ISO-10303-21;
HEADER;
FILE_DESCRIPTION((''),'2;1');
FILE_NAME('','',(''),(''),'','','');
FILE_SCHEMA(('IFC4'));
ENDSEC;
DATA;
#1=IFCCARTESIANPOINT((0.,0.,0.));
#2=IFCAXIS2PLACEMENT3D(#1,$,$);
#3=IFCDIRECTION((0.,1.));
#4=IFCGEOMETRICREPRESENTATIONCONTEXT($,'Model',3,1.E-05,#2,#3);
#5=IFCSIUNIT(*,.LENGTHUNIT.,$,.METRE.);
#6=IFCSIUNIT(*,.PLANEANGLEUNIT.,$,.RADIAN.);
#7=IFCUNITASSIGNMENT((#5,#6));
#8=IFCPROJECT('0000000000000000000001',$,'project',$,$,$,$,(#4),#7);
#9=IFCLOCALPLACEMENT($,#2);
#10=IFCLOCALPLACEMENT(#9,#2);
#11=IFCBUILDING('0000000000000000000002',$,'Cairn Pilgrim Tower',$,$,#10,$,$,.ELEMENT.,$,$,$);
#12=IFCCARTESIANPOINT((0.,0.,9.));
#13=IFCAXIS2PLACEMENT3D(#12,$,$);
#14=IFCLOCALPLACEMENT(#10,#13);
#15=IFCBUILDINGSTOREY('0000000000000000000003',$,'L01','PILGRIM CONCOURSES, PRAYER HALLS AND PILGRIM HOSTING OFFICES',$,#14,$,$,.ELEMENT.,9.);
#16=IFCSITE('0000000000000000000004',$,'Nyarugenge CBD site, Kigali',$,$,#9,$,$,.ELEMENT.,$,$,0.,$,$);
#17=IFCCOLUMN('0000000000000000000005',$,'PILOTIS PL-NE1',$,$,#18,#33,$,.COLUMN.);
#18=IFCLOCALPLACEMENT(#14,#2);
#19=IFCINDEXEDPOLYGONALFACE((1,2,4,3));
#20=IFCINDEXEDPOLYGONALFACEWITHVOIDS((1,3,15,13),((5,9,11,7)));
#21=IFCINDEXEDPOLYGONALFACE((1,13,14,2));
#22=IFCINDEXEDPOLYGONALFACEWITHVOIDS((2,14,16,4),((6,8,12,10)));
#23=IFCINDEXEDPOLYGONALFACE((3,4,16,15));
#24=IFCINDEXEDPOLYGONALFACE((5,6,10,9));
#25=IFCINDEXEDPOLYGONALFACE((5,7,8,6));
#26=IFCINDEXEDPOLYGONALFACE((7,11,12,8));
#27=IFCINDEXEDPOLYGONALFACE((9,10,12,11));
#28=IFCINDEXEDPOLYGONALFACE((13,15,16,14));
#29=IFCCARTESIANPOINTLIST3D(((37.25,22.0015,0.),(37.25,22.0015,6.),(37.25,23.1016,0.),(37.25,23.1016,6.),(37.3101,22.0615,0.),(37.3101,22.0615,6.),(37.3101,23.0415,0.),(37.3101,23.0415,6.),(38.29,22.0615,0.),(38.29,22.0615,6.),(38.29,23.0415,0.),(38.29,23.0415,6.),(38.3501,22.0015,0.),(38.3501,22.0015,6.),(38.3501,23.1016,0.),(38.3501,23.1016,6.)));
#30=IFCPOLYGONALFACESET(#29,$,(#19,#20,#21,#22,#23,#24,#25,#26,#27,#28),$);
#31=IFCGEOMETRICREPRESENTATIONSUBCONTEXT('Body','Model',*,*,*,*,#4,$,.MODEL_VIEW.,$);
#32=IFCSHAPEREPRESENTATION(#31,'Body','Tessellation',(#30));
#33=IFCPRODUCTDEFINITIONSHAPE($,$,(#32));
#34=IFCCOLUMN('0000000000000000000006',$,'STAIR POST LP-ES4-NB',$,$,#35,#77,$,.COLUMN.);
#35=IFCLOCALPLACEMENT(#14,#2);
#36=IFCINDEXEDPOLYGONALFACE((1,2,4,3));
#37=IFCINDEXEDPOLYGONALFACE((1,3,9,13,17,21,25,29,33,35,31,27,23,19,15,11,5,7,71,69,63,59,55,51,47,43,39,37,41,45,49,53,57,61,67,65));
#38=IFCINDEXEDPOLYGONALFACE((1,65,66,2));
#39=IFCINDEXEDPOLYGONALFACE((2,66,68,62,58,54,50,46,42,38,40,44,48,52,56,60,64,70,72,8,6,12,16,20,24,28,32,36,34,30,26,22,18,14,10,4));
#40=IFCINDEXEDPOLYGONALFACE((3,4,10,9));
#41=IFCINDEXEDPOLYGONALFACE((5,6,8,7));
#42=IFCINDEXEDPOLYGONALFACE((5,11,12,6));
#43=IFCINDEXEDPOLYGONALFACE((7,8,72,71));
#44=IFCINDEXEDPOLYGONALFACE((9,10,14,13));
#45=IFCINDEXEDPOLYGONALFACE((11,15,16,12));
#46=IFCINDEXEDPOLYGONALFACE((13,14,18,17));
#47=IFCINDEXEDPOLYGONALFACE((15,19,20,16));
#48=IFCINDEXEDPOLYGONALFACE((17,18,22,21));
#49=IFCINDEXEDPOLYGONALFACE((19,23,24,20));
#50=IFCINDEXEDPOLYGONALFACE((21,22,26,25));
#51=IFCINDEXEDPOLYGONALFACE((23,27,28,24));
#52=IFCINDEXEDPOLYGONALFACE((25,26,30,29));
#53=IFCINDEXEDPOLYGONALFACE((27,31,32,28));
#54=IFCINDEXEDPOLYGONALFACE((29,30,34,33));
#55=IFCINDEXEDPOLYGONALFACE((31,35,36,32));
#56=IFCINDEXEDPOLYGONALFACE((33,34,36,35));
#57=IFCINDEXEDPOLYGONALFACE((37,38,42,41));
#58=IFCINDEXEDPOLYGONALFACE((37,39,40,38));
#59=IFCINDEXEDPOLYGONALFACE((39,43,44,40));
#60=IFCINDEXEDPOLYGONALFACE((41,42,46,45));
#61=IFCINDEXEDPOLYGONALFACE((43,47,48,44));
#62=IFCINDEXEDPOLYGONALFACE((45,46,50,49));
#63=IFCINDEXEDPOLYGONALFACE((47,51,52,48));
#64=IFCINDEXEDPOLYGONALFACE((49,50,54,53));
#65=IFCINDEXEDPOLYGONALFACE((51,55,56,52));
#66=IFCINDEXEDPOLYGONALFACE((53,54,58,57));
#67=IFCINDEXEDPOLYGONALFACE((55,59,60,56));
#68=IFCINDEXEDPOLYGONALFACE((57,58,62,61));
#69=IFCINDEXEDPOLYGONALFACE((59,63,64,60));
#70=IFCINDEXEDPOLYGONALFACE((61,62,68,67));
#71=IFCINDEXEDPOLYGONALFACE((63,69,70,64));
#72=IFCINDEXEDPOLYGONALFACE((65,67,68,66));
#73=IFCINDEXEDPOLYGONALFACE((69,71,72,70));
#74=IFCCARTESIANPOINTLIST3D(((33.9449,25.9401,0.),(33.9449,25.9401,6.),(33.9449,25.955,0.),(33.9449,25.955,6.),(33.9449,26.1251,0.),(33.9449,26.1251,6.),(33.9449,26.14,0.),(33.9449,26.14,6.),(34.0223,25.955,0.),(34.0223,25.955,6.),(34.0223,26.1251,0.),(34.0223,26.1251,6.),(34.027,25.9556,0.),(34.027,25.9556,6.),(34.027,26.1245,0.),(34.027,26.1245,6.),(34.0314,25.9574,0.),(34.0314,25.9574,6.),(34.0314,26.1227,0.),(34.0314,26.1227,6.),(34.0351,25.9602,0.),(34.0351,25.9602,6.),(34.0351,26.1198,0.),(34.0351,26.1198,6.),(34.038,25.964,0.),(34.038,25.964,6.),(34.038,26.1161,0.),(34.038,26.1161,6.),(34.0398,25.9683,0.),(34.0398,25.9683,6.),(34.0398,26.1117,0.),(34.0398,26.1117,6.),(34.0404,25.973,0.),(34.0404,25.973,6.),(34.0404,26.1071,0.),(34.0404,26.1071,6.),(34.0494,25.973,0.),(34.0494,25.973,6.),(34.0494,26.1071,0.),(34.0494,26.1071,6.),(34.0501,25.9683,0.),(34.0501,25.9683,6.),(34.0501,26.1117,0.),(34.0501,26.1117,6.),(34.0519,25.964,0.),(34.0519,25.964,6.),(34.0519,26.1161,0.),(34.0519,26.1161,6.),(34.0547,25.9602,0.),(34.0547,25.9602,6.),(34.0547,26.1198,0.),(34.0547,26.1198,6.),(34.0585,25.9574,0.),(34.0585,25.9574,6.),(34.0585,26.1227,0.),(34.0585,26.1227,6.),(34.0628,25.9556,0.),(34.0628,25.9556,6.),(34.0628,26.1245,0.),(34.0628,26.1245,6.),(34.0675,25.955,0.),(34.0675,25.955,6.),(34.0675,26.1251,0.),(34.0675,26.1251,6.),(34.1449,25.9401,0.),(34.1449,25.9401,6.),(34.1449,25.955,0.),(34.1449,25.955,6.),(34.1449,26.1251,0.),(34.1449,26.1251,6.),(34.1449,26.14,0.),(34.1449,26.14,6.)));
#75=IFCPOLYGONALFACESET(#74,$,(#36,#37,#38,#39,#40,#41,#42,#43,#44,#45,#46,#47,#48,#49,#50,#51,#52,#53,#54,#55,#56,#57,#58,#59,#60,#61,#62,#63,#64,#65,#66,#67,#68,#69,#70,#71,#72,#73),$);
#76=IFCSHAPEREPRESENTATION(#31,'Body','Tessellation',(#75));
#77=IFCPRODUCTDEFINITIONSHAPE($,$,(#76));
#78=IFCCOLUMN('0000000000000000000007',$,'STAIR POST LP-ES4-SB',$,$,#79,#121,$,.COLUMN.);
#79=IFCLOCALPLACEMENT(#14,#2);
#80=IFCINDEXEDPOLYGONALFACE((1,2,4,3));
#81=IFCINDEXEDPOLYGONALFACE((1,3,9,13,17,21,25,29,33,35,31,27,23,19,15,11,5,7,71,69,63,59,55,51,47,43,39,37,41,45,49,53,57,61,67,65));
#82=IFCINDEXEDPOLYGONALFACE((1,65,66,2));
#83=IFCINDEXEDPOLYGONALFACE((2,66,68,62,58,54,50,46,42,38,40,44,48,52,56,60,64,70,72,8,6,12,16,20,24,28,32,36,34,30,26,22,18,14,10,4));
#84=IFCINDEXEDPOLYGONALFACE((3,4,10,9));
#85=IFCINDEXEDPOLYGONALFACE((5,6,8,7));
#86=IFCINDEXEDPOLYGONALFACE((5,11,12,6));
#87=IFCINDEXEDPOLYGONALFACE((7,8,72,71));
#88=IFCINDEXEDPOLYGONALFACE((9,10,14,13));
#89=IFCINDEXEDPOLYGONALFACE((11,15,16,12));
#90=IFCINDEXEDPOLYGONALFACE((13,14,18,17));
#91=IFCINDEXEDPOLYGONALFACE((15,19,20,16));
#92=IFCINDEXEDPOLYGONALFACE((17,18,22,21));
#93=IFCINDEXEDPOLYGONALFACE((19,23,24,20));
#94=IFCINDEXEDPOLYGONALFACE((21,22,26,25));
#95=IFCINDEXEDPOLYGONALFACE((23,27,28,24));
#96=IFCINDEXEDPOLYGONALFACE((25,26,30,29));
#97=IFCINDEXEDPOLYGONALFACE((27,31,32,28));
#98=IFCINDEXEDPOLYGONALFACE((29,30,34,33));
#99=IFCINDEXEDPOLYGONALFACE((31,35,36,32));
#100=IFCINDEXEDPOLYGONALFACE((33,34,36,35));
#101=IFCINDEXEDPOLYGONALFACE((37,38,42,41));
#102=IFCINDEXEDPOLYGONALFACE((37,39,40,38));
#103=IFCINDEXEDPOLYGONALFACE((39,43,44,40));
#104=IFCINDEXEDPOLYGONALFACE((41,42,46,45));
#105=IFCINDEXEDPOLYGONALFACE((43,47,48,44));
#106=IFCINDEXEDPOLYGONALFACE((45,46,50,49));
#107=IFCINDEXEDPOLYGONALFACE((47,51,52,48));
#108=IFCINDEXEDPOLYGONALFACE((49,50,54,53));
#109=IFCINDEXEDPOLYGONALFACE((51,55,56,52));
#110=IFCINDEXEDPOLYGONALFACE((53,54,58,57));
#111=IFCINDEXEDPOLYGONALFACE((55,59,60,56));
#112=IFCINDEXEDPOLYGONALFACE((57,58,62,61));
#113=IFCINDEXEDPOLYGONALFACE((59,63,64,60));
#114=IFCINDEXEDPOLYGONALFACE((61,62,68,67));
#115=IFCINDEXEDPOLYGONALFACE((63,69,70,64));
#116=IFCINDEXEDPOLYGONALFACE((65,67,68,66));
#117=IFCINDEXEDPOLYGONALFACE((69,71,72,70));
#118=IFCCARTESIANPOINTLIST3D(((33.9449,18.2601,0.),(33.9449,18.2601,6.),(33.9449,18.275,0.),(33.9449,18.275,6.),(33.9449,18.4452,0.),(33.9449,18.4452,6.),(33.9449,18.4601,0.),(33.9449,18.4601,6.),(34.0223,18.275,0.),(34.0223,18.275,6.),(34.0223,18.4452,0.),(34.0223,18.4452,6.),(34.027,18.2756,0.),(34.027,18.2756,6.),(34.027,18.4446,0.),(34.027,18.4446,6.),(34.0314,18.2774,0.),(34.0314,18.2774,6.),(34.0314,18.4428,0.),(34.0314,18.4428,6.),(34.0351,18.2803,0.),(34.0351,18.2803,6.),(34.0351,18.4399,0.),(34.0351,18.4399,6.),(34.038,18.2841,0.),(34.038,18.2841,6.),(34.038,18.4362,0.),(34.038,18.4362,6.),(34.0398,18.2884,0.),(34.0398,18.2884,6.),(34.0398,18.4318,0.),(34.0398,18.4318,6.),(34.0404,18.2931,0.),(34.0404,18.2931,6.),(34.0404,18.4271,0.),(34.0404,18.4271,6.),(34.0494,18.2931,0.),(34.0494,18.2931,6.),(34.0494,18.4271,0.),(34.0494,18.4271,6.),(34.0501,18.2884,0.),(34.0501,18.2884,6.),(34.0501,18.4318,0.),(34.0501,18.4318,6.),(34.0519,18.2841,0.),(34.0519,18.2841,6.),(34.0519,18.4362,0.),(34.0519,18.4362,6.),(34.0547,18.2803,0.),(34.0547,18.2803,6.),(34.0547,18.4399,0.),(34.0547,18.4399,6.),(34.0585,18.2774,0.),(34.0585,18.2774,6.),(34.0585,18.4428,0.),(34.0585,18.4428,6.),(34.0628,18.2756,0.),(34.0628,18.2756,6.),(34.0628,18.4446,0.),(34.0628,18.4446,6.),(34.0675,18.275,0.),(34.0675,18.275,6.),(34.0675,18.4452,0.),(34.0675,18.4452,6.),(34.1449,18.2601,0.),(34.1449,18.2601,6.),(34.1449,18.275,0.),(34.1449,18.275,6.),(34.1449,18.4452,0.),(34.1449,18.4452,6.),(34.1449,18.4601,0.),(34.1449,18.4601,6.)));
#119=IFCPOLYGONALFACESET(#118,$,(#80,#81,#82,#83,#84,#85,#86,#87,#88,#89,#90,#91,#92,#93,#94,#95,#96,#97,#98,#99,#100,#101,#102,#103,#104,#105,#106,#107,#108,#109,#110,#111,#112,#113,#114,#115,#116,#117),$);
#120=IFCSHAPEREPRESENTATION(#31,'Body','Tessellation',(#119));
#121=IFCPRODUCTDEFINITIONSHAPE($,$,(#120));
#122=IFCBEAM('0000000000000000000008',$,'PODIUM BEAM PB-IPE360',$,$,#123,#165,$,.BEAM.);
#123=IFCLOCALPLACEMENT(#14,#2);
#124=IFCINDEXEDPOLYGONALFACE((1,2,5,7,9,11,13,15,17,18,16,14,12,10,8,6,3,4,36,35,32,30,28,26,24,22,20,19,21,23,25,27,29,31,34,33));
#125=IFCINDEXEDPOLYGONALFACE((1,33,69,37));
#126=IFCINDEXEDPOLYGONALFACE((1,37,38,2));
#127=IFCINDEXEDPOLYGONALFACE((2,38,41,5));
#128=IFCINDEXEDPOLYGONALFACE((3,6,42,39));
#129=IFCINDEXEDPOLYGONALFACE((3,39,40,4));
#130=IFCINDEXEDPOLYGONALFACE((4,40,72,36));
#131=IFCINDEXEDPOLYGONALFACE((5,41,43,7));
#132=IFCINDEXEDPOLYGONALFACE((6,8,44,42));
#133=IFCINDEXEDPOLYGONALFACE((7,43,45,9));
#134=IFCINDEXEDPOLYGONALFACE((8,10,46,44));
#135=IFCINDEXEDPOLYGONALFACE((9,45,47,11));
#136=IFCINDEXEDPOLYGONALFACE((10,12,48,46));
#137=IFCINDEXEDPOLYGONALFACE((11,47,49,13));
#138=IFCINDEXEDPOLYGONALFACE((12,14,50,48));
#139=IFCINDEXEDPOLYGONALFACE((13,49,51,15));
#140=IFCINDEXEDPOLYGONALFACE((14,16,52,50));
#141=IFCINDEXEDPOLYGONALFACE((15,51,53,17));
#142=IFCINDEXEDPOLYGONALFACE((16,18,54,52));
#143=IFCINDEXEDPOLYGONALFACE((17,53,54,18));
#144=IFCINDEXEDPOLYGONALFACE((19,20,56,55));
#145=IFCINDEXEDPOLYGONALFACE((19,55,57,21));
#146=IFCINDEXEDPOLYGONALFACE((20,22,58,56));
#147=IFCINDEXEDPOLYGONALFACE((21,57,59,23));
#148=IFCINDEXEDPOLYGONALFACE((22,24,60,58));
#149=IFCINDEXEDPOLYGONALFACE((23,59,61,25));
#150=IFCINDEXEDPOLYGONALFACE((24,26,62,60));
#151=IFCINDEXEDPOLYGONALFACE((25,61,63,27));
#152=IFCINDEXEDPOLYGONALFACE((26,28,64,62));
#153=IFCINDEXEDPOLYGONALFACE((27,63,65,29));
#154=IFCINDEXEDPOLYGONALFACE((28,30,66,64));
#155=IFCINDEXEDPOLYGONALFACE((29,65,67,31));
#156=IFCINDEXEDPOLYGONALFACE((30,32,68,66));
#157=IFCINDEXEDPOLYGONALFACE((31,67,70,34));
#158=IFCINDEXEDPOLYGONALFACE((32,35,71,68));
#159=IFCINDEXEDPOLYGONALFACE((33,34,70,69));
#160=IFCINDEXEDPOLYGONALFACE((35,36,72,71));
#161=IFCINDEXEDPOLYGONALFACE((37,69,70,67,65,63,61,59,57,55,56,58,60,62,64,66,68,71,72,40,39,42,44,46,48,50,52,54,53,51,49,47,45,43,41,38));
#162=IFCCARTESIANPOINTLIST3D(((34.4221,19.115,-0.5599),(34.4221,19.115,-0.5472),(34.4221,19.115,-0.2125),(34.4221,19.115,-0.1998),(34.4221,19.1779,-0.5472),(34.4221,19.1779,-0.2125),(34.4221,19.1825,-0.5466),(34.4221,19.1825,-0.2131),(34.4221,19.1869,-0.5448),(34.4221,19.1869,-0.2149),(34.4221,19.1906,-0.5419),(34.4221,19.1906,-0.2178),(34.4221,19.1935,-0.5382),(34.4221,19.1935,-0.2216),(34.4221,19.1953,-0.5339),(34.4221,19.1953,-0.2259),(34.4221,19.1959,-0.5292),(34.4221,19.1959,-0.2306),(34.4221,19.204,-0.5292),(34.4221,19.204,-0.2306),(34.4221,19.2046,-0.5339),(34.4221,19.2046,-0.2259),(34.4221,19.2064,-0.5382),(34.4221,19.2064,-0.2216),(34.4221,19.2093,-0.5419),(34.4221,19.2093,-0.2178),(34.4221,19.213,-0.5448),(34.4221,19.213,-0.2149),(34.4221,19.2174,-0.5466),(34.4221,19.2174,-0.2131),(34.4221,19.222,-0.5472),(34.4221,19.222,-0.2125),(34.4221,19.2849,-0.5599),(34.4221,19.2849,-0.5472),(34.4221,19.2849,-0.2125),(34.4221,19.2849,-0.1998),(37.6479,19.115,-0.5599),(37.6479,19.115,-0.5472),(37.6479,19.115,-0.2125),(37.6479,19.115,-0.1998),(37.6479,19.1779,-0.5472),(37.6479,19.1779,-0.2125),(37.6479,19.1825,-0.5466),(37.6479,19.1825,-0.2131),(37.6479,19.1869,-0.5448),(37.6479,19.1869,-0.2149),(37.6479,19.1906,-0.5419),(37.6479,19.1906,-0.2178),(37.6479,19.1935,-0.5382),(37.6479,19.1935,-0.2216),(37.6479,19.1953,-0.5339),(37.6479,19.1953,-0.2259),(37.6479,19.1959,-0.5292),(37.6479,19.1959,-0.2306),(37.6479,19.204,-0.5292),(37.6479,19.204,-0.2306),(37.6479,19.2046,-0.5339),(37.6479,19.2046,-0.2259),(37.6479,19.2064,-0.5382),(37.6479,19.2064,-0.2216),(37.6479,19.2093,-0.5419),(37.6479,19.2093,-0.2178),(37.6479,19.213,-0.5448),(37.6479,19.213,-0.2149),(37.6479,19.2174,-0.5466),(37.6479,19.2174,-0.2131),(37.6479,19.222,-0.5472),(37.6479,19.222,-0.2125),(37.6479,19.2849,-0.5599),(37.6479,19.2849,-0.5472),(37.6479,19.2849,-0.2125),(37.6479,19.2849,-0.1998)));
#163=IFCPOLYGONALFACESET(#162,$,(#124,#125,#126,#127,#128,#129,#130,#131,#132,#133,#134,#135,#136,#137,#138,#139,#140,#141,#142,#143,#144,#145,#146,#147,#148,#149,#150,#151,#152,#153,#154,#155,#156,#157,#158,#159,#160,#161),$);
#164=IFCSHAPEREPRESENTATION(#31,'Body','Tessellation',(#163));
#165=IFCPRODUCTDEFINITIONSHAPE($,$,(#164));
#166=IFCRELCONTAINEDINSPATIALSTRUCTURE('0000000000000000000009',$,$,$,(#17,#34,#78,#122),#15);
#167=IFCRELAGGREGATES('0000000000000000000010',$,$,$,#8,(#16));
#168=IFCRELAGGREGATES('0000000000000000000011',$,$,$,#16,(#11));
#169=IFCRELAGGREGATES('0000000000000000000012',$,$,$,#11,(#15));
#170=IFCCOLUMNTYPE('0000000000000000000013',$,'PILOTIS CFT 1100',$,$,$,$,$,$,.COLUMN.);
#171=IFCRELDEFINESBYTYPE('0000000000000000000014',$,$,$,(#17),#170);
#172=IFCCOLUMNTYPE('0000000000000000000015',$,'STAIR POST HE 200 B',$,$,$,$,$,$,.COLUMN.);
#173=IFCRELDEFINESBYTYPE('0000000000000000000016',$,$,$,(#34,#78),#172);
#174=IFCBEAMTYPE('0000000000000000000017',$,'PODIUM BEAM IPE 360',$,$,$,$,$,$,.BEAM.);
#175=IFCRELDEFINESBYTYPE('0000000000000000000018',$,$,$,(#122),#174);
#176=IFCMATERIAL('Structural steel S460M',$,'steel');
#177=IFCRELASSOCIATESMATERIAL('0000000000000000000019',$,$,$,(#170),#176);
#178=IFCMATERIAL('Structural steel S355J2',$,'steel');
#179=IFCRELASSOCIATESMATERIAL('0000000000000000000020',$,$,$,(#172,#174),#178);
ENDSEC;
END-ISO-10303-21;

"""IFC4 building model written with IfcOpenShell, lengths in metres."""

from ifc_helpers import new_model, si_unit, direction, frame, origin, origin_2d, place, context, subcontext, project, spatial, hollow_rectangle, i_section, extrude, material, material_profile, profile_set, type_object, element, save


model = new_model("IFC4")

# Units and contexts
model_context = context("Model", 3, precision=1e-05, world=origin(), true_north=direction((0.0, 1.0)))
body_context = subcontext(model_context, "Body", "Model", "MODEL_VIEW")
ifc_project = project(units=[si_unit("LENGTHUNIT", "METRE"), si_unit("PLANEANGLEUNIT", "RADIAN")], contexts=[model_context])

# Site, building, storey
site_placement = place(None, origin())
site = spatial("IfcSite", under=ifc_project, at=site_placement, Name="Nyarugenge CBD site, Kigali", CompositionType="ELEMENT", RefElevation=0.0)
building_placement = place(site_placement, origin())
building = spatial("IfcBuilding", under=site, at=building_placement, Name="Cairn Pilgrim Tower", CompositionType="ELEMENT")
storey_placement = place(building_placement, frame((0.0, 0.0, 9.0)))
storey = spatial("IfcBuildingStorey", under=building, at=storey_placement, Name="L01", Description="PILGRIM CONCOURSES, PRAYER HALLS AND PILGRIM HOSTING OFFICES", CompositionType="ELEMENT", Elevation=9.0)

# Columns
ifc_material_1 = material(Name="Structural steel S460M", Category="steel")
ifc_material_profile_1 = material_profile(ifc_material_1, hollow_rectangle(XDim=1.1001, YDim=1.1001, WallThickness=0.0601, at=origin_2d()), Name="BOX 1100x1100x60")
ifc_profile_set_1 = profile_set([ifc_material_profile_1], Name="Structural steel S460M")
column_type_1 = type_object("IfcColumnType", Name="PILOTIS CFT 1100", PredefinedType="COLUMN", material=ifc_profile_set_1)
column_placement = place(storey_placement, frame((37.8, 22.5515, 0.0), z_axis=(0.0, 0.0, 1.0), x_axis=(1.0, 0.0, 0.0)))
element("IfcColumn", 1, at=column_placement, inside=storey, type_object=column_type_1, Name="PILOTIS PL-NE1", PredefinedType="COLUMN", context=body_context, shape_type="SweptSolid", body=[
    extrude(hollow_rectangle(XDim=1.1001, YDim=1.1001, WallThickness=0.0601, at=origin_2d()), origin(), (0.0, 0.0, 1.0), 6.0),
])
ifc_material_2 = material(Name="Structural steel S355J2", Category="steel")
ifc_material_profile_2 = material_profile(ifc_material_2, i_section(OverallWidth=0.2, OverallDepth=0.2, WebThickness=0.009, FlangeThickness=0.0149, FilletRadius=0.0181, at=origin_2d()), Name="HE 200 B")
ifc_profile_set_2 = profile_set([ifc_material_profile_2], Name="Structural steel S355J2")
column_type_2 = type_object("IfcColumnType", Name="STAIR POST HE 200 B", PredefinedType="COLUMN", material=ifc_profile_set_2)
for number, where, z_axis, x_axis, name in (
    (2, (34.0449, 26.04, 0.0), (0.0, 0.0, 1.0), (1.0, 0.0, 0.0), "STAIR POST LP-ES4-NB"),
    (3, (34.0449, 18.3601, 0.0), (0.0, 0.0, 1.0), (1.0, 0.0, 0.0), "STAIR POST LP-ES4-SB"),
):
    element("IfcColumn", number, at=place(storey_placement, frame(where, z_axis=z_axis, x_axis=x_axis)), inside=storey, type_object=column_type_2, Name=name, PredefinedType="COLUMN", context=body_context, shape_type="SweptSolid", body=[
        extrude(i_section(OverallWidth=0.2, OverallDepth=0.2, WebThickness=0.009, FlangeThickness=0.0149, FilletRadius=0.0181, at=origin_2d()), origin(), (0.0, 0.0, 1.0), 6.0),
    ])

# Beam
ifc_material_profile_3 = material_profile(ifc_material_2, i_section(OverallWidth=0.1699, OverallDepth=0.3601, WebThickness=0.0081, FlangeThickness=0.0127, FilletRadius=0.0181, at=origin_2d()), Name="IPE 360")
ifc_profile_set_3 = profile_set([ifc_material_profile_3], Name="Structural steel S355J2")
beam_type_1 = type_object("IfcBeamType", Name="PODIUM BEAM IPE 360", PredefinedType="BEAM", material=ifc_profile_set_3)
beam_1_placement = place(storey_placement, frame((34.4221, 19.2, -0.3799), z_axis=(1.0, 0.0, 0.0), x_axis=(0.0, 1.0, 0.0)))
element("IfcBeam", 4, at=beam_1_placement, inside=storey, type_object=beam_type_1, Name="PODIUM BEAM PB-IPE360", PredefinedType="BEAM", context=body_context, shape_type="SweptSolid", body=[
    extrude(i_section(OverallWidth=0.1699, OverallDepth=0.3601, WebThickness=0.0081, FlangeThickness=0.0127, FilletRadius=0.0181, at=origin_2d()), origin(), (0.0, 0.0, 1.0), 3.2258),
])

save(model, "model.ifc")
